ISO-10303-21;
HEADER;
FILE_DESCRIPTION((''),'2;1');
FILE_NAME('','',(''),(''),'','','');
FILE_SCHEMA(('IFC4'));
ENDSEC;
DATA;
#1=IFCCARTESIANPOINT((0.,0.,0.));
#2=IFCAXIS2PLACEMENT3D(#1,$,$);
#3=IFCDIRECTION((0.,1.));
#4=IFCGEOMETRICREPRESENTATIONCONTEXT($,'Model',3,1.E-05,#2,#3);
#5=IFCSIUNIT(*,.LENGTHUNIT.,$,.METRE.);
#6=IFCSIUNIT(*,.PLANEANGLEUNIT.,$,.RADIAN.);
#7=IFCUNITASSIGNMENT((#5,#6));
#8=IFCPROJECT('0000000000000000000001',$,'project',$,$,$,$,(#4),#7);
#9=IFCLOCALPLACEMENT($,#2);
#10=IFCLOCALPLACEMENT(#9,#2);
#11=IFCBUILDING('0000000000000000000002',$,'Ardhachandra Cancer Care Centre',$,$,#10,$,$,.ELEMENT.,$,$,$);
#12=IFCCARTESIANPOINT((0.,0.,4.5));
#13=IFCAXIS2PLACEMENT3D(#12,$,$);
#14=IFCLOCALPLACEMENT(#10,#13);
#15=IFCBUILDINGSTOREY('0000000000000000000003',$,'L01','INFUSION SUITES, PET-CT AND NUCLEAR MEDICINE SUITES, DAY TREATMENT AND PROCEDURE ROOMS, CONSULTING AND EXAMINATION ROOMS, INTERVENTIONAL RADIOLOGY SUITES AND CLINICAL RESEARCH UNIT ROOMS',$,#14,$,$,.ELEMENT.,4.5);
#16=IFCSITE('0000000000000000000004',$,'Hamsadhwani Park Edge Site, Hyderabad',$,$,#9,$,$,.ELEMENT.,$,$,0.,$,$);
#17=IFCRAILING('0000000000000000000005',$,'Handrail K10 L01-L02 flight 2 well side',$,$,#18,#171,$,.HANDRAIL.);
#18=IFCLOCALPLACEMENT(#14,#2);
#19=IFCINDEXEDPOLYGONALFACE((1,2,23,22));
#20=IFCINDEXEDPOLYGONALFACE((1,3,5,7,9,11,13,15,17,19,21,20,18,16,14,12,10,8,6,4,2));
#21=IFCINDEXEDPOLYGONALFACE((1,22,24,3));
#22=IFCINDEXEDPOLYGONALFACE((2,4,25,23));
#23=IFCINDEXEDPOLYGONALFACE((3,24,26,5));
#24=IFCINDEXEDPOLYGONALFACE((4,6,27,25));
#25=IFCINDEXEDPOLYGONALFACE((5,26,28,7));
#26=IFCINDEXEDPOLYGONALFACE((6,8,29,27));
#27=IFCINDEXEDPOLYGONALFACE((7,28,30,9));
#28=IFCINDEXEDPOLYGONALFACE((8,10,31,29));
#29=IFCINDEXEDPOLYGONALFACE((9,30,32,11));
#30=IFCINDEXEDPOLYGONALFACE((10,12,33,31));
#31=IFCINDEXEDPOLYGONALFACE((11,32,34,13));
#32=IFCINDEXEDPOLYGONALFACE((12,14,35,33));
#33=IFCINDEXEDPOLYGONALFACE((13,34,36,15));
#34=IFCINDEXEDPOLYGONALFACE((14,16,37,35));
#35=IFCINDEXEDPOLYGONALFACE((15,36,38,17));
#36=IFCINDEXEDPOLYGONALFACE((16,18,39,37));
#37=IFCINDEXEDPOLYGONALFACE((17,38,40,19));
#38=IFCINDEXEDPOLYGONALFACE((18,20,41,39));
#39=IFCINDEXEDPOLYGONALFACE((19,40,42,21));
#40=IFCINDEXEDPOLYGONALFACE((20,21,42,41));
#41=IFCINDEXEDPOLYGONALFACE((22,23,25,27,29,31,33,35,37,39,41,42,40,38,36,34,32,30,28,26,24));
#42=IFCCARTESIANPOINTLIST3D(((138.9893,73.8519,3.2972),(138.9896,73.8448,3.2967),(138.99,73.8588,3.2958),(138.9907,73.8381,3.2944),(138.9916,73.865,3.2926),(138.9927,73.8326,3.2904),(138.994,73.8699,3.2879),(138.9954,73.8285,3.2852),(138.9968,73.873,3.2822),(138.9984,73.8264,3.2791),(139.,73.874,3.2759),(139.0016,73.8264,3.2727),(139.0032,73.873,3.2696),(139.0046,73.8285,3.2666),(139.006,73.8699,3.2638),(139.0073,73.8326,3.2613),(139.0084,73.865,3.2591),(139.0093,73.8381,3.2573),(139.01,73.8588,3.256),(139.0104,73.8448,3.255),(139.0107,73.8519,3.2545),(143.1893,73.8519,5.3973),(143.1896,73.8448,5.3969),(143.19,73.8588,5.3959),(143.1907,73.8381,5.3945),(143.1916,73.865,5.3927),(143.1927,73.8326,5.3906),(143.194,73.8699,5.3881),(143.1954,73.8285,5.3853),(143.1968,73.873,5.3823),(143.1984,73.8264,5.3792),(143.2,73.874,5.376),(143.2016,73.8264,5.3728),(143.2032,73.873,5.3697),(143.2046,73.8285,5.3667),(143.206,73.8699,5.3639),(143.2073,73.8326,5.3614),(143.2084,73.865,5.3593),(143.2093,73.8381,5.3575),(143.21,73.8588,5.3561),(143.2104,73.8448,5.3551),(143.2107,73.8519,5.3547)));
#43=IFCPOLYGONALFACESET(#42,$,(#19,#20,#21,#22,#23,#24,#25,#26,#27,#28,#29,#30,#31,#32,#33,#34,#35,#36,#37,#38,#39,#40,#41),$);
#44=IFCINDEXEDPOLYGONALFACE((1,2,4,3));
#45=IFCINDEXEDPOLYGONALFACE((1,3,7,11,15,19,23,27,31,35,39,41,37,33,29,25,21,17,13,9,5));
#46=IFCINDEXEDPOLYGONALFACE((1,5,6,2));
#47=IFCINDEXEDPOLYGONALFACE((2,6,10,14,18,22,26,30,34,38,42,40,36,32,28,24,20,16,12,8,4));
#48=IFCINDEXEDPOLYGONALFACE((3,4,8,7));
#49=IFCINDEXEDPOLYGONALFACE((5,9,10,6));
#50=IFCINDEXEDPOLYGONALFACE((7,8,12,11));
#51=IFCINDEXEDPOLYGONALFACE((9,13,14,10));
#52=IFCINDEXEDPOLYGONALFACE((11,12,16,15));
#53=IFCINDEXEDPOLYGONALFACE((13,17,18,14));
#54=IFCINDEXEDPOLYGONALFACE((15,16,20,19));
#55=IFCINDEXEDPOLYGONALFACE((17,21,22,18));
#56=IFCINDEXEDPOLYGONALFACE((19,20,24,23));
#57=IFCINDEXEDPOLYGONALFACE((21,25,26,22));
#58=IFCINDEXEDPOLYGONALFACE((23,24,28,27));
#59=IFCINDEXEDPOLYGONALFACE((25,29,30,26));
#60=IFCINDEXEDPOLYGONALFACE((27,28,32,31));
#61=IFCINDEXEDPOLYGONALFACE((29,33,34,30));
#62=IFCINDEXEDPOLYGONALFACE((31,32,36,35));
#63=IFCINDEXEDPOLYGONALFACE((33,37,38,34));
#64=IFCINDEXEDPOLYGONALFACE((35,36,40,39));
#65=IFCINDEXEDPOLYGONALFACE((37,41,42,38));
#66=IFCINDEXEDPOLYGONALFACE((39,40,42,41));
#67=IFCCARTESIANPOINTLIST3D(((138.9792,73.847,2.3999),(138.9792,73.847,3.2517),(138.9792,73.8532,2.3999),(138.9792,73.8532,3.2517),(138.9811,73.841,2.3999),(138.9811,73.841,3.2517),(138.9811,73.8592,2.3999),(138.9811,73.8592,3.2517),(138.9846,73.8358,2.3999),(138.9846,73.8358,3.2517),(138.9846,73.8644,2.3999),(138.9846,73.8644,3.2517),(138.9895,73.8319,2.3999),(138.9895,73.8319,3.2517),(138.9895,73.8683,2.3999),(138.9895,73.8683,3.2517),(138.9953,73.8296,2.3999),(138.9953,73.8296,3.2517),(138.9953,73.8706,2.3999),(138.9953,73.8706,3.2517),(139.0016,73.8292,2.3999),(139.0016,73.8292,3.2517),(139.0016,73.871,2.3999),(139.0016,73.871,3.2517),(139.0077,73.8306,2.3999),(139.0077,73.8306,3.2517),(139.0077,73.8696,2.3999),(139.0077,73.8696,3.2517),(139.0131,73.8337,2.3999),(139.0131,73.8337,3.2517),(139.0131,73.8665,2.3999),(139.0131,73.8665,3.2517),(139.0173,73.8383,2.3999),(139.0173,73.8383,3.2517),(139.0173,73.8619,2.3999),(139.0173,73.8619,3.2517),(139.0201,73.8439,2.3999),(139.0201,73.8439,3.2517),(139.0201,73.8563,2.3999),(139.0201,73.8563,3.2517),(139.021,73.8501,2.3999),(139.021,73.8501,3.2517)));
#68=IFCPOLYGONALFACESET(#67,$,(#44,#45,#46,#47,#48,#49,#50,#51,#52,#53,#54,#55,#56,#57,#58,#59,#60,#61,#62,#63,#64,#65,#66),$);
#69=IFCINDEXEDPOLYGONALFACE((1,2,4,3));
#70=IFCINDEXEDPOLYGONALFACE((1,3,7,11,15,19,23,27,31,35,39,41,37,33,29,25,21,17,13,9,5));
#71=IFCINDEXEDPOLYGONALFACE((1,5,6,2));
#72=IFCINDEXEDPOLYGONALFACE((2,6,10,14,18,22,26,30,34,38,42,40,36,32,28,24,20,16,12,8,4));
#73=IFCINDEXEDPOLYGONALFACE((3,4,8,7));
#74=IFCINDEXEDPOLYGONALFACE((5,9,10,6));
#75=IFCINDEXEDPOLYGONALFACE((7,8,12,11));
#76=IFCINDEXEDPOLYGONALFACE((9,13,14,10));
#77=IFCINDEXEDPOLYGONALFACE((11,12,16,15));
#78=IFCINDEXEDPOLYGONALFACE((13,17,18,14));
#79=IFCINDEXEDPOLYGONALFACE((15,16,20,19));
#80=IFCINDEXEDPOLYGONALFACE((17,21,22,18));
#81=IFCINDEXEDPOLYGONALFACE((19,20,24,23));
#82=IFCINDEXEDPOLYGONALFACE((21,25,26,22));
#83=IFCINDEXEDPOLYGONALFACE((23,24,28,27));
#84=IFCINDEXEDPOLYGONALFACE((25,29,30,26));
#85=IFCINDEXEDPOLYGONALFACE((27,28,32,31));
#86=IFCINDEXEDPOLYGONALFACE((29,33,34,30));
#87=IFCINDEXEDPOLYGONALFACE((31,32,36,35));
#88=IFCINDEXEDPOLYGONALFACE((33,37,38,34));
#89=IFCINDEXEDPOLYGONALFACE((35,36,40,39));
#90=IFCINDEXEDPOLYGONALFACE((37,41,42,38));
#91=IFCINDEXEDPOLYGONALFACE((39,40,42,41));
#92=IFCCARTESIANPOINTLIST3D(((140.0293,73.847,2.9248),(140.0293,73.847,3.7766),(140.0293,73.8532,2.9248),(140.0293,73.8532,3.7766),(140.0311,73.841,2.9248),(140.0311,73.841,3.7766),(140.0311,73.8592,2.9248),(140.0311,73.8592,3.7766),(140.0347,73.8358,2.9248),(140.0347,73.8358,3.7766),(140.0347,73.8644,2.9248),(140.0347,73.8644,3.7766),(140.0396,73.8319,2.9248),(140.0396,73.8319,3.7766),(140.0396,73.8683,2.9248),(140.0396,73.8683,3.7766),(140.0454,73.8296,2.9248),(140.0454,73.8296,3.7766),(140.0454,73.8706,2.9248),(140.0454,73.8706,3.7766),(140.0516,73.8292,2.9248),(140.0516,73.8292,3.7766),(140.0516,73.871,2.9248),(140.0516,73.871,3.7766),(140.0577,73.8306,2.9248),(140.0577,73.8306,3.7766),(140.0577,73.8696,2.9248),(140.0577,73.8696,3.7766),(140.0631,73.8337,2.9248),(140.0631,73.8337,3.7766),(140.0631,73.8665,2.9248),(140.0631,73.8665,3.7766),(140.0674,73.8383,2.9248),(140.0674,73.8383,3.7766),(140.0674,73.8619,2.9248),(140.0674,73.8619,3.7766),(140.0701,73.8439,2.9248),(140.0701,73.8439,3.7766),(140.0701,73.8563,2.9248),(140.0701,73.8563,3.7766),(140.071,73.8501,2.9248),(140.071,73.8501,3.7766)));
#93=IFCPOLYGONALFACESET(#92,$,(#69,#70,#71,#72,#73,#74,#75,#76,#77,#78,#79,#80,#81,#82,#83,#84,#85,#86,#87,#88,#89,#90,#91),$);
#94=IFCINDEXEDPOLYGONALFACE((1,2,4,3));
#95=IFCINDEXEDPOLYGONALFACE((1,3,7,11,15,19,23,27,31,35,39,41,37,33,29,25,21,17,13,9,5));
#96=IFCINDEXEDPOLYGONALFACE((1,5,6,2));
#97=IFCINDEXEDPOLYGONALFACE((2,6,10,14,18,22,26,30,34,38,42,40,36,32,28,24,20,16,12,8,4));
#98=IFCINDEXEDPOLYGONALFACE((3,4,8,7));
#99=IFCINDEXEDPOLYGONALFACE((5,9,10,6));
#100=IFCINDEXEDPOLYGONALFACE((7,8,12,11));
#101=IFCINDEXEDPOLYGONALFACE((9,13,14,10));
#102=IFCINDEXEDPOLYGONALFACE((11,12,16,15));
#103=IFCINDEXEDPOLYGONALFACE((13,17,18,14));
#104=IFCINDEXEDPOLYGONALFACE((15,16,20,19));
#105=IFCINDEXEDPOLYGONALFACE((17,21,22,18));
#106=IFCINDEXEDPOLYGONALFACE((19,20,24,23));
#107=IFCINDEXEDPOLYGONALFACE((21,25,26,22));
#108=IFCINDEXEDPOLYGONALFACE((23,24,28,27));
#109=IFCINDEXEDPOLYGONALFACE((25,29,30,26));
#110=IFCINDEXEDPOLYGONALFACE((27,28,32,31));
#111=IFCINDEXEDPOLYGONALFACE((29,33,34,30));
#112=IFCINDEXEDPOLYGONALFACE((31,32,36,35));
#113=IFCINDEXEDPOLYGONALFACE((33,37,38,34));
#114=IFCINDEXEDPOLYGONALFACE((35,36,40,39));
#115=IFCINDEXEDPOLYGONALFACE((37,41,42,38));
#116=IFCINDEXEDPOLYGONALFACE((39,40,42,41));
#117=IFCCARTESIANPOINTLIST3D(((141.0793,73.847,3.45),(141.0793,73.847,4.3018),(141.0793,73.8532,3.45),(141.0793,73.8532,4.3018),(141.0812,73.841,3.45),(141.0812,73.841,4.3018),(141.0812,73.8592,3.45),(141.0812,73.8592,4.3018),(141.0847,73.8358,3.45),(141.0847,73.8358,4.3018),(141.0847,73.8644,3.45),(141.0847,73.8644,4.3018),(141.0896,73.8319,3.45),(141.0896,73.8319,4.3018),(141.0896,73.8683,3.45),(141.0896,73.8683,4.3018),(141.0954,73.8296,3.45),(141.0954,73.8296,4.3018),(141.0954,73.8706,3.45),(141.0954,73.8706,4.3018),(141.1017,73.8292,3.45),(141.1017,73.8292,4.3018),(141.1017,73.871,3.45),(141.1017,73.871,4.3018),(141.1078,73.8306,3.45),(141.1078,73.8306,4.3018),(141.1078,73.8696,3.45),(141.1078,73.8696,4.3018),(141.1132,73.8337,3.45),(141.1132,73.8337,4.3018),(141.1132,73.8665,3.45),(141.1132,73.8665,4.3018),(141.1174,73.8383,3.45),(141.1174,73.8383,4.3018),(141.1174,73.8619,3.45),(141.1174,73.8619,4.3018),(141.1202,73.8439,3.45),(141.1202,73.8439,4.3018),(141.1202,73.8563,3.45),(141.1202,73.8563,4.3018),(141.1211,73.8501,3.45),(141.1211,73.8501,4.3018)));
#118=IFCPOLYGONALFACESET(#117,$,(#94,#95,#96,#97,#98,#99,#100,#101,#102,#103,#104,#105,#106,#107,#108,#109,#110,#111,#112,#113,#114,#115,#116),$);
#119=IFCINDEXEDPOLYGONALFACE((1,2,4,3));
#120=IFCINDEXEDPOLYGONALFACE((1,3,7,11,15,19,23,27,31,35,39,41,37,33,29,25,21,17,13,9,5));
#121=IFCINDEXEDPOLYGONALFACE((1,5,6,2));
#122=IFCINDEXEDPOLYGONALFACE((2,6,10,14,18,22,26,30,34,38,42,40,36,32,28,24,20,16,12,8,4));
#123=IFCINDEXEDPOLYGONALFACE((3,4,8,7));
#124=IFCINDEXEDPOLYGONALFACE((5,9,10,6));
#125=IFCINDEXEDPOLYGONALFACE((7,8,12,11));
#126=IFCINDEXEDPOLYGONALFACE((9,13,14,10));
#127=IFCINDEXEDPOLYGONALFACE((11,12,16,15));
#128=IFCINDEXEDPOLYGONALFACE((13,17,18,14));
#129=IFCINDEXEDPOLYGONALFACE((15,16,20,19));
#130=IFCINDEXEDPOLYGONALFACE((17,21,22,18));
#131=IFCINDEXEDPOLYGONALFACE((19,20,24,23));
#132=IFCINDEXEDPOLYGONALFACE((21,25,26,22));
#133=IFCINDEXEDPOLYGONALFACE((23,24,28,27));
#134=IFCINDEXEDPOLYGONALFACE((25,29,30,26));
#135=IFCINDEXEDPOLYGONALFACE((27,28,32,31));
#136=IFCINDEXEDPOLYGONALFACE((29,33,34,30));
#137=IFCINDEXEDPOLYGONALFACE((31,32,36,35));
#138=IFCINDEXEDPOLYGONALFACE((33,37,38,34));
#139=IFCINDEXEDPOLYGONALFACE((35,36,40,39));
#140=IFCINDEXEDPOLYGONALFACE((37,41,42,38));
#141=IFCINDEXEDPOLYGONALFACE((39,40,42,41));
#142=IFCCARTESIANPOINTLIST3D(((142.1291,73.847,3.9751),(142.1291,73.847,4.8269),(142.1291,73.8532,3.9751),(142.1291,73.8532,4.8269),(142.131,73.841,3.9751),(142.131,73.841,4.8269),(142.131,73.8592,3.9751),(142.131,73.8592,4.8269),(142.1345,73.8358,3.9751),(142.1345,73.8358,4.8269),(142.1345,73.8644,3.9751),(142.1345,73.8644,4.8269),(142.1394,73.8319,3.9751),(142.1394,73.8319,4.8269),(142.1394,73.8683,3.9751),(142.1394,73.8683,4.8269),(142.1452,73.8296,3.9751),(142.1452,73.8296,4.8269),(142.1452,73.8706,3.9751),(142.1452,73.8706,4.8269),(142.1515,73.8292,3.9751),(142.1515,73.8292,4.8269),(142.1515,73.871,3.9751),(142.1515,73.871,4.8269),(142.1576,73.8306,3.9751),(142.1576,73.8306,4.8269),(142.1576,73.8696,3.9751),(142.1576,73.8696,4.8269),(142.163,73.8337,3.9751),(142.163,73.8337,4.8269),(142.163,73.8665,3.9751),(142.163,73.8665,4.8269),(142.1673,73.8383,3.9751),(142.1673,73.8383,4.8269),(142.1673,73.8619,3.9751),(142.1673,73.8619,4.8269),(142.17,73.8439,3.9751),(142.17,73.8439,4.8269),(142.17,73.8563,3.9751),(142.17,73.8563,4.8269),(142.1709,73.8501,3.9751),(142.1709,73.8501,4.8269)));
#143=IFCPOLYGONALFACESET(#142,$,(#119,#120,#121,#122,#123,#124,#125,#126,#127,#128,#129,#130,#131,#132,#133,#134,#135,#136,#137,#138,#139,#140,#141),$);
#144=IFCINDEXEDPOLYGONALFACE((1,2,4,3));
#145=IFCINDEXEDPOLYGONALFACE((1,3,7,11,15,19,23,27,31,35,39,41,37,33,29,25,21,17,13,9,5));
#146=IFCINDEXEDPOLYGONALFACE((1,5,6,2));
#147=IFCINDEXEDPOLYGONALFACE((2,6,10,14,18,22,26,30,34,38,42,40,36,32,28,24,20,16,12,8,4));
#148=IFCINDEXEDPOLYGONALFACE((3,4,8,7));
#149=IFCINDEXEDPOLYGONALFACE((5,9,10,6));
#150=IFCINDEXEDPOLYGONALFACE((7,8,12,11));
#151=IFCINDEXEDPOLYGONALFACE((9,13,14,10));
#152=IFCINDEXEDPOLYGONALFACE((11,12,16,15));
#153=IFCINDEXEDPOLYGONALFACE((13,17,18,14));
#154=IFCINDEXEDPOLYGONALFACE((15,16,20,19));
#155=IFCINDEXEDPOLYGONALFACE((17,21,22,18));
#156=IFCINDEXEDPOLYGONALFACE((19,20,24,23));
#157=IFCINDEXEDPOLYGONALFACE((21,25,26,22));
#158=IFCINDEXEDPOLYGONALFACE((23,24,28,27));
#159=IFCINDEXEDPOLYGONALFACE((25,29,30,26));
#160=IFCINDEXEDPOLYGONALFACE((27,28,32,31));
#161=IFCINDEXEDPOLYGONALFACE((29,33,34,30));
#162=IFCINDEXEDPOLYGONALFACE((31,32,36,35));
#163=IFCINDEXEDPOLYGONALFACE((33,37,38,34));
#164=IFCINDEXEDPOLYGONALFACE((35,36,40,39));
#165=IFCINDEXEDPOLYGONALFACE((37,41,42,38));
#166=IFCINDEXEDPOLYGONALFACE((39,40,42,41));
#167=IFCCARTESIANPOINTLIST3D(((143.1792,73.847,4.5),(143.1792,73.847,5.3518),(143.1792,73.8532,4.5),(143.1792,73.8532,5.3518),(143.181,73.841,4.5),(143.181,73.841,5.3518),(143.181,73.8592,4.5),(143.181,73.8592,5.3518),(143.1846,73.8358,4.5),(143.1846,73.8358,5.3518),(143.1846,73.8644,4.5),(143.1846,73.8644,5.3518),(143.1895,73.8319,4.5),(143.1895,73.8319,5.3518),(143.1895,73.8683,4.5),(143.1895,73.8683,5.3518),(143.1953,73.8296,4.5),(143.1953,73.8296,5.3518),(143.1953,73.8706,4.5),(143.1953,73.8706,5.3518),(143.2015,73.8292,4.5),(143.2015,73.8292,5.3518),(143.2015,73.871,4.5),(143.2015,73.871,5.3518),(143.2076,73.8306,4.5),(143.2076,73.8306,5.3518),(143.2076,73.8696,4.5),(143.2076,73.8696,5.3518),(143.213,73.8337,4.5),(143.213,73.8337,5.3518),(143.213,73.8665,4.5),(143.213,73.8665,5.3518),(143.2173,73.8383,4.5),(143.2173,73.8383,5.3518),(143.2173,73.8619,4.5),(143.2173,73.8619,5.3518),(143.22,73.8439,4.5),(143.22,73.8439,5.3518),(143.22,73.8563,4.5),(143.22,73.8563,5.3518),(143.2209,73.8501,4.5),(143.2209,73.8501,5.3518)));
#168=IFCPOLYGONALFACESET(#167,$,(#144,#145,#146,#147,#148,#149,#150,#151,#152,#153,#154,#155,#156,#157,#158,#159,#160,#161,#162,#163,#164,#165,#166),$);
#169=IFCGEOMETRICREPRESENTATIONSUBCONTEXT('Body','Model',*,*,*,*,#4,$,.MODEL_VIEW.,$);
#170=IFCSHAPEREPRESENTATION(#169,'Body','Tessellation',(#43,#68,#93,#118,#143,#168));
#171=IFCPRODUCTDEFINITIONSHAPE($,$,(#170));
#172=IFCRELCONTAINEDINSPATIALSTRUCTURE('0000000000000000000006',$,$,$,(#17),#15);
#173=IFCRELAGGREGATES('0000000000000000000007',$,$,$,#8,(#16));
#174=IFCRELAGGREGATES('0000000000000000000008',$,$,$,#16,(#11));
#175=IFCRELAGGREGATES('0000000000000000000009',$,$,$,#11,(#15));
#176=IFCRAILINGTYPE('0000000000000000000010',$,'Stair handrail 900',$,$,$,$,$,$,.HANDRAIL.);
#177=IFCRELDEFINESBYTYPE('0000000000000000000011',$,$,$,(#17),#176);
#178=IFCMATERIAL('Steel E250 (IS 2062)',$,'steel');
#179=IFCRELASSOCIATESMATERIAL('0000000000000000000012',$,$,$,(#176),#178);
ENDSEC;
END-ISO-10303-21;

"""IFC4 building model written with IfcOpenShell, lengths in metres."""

from ifc_helpers import new_model, si_unit, direction, frame, origin, origin_2d, place, context, subcontext, project, spatial, circle, extrude, material, type_object, element, save


model = new_model("IFC4")

# Units and contexts
model_context = context("Model", 3, precision=1e-05, world=origin(), true_north=direction((0.0, 1.0)))
body_context = subcontext(model_context, "Body", "Model", "MODEL_VIEW")
ifc_project = project(units=[si_unit("LENGTHUNIT", "METRE"), si_unit("PLANEANGLEUNIT", "RADIAN")], contexts=[model_context])

# Site, building, storey
site_placement = place(None, origin())
site = spatial("IfcSite", under=ifc_project, at=site_placement, Name="Hamsadhwani Park Edge Site, Hyderabad", CompositionType="ELEMENT", RefElevation=0.0)
building_placement = place(site_placement, origin())
building = spatial("IfcBuilding", under=site, at=building_placement, Name="Ardhachandra Cancer Care Centre", CompositionType="ELEMENT")
storey_placement = place(building_placement, frame((0.0, 0.0, 4.5)))
storey = spatial("IfcBuildingStorey", under=building, at=storey_placement, Name="L01", Description="INFUSION SUITES, PET-CT AND NUCLEAR MEDICINE SUITES, DAY TREATMENT AND PROCEDURE ROOMS, CONSULTING AND EXAMINATION ROOMS, INTERVENTIONAL RADIOLOGY SUITES AND CLINICAL RESEARCH UNIT ROOMS", CompositionType="ELEMENT", Elevation=4.5)

# Railing
ifc_material_1 = material(Name="Steel E250 (IS 2062)", Category="steel")
railing_type = type_object("IfcRailingType", Name="Stair handrail 900", PredefinedType="HANDRAIL", material=ifc_material_1)
railing_placement = place(storey_placement, frame((139.0, 73.8501, 2.3999)))
element("IfcRailing", 1, at=railing_placement, inside=storey, type_object=railing_type, Name="Handrail K10 L01-L02 flight 2 well side", PredefinedType="HANDRAIL", context=body_context, shape_type="SweptSolid", body=[
    extrude(circle(Radius=0.0239, at=origin_2d()), frame((0.0, 0.0, 0.876), z_axis=(0.894417, 0.0, 0.447234), x_axis=(0.0, 1.0, 0.0)), (0.0, 0.0, 1.0), 4.6958),
    extrude(circle(Radius=0.021, at=origin_2d()), origin(), (0.0, 0.0, 1.0), 0.8518),
    extrude(circle(Radius=0.021, at=origin_2d()), frame((1.05, 0.0, 0.5249)), (0.0, 0.0, 1.0), 0.8518),
    extrude(circle(Radius=0.021, at=origin_2d()), frame((2.1001, 0.0, 1.05)), (0.0, 0.0, 1.0), 0.8518),
    extrude(circle(Radius=0.021, at=origin_2d()), frame((3.1499, 0.0, 1.5752)), (0.0, 0.0, 1.0), 0.8518),
    extrude(circle(Radius=0.021, at=origin_2d()), frame((4.2, 0.0, 2.1001)), (0.0, 0.0, 1.0), 0.8518),
])

save(model, "model.ifc")
